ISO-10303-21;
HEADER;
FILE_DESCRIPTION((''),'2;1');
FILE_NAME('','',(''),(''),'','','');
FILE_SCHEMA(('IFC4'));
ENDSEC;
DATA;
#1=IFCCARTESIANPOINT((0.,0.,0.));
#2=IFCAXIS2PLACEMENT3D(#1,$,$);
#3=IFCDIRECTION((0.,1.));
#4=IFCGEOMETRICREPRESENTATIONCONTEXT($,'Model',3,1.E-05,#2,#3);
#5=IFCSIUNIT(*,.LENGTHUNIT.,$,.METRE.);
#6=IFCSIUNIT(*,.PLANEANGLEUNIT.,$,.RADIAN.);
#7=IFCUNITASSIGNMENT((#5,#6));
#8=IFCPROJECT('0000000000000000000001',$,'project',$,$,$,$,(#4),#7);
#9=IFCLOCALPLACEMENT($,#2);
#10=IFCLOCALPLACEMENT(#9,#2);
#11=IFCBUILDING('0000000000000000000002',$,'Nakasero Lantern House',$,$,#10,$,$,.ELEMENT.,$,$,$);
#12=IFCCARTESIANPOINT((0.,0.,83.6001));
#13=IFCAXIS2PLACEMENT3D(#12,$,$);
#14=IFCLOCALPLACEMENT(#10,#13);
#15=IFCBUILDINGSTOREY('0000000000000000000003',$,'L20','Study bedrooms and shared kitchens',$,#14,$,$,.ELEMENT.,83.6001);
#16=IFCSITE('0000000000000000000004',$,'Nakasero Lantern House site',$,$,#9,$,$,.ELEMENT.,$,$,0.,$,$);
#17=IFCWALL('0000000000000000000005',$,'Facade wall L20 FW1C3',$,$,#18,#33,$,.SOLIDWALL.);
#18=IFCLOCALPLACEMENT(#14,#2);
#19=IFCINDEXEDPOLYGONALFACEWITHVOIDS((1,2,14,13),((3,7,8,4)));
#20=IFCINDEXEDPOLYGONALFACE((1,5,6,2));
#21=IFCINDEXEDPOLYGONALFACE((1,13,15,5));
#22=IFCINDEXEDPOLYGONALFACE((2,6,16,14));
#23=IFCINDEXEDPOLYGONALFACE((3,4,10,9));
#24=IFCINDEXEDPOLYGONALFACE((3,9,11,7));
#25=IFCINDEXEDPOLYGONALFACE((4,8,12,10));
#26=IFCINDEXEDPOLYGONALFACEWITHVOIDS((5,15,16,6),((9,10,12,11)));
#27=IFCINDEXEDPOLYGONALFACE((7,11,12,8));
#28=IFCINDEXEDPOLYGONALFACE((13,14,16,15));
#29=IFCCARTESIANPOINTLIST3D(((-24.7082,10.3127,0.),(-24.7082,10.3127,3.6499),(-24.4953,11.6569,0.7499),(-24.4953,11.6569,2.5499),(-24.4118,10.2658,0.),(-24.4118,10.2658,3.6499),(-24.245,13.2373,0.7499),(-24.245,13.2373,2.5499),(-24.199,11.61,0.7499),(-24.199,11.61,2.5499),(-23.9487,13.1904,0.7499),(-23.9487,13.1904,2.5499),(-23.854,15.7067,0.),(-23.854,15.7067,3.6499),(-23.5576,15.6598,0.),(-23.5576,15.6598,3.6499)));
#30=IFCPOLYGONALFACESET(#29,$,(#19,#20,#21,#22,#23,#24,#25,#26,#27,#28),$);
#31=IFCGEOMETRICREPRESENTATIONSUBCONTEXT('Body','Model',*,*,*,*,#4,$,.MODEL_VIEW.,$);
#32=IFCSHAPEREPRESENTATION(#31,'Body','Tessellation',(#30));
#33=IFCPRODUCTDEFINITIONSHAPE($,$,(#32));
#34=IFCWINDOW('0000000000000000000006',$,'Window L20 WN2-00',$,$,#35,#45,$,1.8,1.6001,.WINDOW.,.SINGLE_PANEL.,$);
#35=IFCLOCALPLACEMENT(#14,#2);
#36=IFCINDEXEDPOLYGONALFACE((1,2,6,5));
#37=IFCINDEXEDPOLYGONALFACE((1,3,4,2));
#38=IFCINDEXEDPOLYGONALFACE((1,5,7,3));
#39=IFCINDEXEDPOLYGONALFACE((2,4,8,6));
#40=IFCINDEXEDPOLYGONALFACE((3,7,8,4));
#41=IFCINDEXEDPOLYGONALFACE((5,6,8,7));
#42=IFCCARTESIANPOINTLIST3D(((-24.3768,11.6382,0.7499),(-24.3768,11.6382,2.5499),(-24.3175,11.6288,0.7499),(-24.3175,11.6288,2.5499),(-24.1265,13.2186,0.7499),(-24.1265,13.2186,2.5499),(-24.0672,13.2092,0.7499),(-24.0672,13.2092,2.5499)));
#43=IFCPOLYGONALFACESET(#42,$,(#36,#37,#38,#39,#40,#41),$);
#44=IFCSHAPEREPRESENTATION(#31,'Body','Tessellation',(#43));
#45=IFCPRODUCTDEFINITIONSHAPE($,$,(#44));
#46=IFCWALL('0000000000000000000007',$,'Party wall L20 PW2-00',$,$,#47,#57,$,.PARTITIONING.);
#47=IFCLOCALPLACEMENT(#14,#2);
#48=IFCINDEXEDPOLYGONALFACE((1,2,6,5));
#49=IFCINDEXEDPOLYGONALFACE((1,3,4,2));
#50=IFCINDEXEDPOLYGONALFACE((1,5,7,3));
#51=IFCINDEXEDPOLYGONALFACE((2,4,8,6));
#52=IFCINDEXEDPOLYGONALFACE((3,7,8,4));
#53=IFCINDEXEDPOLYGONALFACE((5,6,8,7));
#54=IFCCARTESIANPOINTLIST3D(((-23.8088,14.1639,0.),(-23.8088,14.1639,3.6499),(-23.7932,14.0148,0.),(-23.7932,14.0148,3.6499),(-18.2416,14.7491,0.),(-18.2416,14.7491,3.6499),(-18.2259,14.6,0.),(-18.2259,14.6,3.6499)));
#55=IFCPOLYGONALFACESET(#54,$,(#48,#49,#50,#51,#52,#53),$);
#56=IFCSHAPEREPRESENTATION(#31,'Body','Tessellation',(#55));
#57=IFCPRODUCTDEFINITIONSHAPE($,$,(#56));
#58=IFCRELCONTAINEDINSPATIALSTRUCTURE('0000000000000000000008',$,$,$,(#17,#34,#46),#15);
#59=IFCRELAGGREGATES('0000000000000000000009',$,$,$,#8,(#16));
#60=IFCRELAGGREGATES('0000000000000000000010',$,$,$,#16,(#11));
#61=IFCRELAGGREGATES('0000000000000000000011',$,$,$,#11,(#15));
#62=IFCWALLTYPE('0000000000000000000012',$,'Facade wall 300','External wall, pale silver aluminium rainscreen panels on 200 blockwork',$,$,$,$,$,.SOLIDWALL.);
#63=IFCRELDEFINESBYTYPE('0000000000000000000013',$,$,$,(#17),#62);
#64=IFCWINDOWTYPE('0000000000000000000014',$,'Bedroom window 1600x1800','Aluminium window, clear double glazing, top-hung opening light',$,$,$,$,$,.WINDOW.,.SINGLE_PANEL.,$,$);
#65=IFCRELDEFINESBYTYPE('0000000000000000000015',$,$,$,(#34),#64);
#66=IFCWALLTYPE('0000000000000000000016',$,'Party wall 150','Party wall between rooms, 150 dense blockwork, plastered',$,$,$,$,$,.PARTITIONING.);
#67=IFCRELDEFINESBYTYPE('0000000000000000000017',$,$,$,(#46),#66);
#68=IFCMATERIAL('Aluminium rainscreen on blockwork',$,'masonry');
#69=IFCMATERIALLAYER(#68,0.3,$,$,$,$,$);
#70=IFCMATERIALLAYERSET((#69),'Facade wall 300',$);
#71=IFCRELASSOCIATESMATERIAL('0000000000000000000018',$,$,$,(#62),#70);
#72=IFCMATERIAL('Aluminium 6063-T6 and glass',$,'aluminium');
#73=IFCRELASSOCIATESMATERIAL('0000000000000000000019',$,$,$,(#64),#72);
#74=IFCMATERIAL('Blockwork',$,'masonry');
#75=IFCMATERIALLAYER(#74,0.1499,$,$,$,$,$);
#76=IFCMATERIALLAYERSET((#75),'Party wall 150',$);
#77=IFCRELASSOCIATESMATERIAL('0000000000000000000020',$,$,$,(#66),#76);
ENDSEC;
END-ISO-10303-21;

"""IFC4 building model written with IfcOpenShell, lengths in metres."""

from ifc_helpers import new_model, si_unit, direction, frame, frame_2d, origin, place, context, subcontext, project, spatial, rectangle, extrude, material, layer, layer_set, type_object, element, fill, save


model = new_model("IFC4")

# Units and contexts
model_context = context("Model", 3, precision=1e-05, world=origin(), true_north=direction((0.0, 1.0)))
body_context = subcontext(model_context, "Body", "Model", "MODEL_VIEW")
ifc_project = project(units=[si_unit("LENGTHUNIT", "METRE"), si_unit("PLANEANGLEUNIT", "RADIAN")], contexts=[model_context])

# Site, building, storey
site_placement = place(None, origin())
site = spatial("IfcSite", under=ifc_project, at=site_placement, Name="Nakasero Lantern House site", CompositionType="ELEMENT", RefElevation=0.0)
building_placement = place(site_placement, origin())
building = spatial("IfcBuilding", under=site, at=building_placement, Name="Nakasero Lantern House", CompositionType="ELEMENT")
storey_placement = place(building_placement, frame((0.0, 0.0, 83.6001)))
storey = spatial("IfcBuildingStorey", under=building, at=storey_placement, Name="L20", Description="Study bedrooms and shared kitchens", CompositionType="ELEMENT", Elevation=83.6001)

# Wall, opening, window
ifc_material_1 = material(Name="Aluminium rainscreen on blockwork", Category="masonry")
ifc_layer_1 = layer(ifc_material_1, 0.3)
ifc_layer_set_1 = layer_set([ifc_layer_1], Name="Facade wall 300")
wall_type_1 = type_object("IfcWallType", Name="Facade wall 300", Description="External wall, pale silver aluminium rainscreen panels on 200 blockwork", PredefinedType="SOLIDWALL", material=ifc_layer_set_1)
wall_1_placement = place(storey_placement, frame((-23.7058, 15.6831, 0.0), z_axis=(0.0, 0.0, 1.0), x_axis=(-0.156419, -0.987691, 0.0)))
wall_1 = element("IfcWall", 1, at=wall_1_placement, inside=storey, type_object=wall_type_1, Name="Facade wall L20 FW1C3", PredefinedType="SOLIDWALL", context=body_context, shape_type="SweptSolid", body=[
    extrude(rectangle(XDim=5.4612, YDim=0.3, at=frame_2d((2.7305, 0.0))), origin(), (0.0, 0.0, 1.0), 3.6499),
])
opening_1_placement = place(wall_1_placement, frame((2.5, 0.0, 0.75)))
opening_1 = element("IfcOpeningElement", 2, at=opening_1_placement, cuts=wall_1, PredefinedType="OPENING", context=body_context, shape_type="SweptSolid", body=[
    extrude(rectangle(XDim=1.6001, YDim=1.8, at=frame_2d((0.8, 0.8999))), frame((0.0, 0.1699, 0.0), z_axis=(0.0, -1.0, 0.0), x_axis=(1.0, 0.0, 0.0)), (0.0, 0.0, 1.0), 0.3401),
])
ifc_material_2 = material(Name="Aluminium 6063-T6 and glass", Category="aluminium")
window_type_1 = type_object("IfcWindowType", Name="Bedroom window 1600x1800", Description="Aluminium window, clear double glazing, top-hung opening light", PartitioningType="SINGLE_PANEL", PredefinedType="WINDOW", material=ifc_material_2)
window_1_placement = place(opening_1_placement, origin())
window_1 = element("IfcWindow", 3, at=window_1_placement, inside=storey, type_object=window_type_1, Name="Window L20 WN2-00", OverallHeight=1.8, OverallWidth=1.6001, PartitioningType="SINGLE_PANEL", PredefinedType="WINDOW", context=body_context, shape_type="SweptSolid", body=[
    extrude(rectangle(XDim=1.6001, YDim=1.8, at=frame_2d((0.8, 0.8999))), frame((0.0, 0.03, 0.0), z_axis=(0.0, -1.0, 0.0), x_axis=(1.0, 0.0, 0.0)), (0.0, 0.0, 1.0), 0.0601),
])
fill(opening_1, window_1)

# Wall
ifc_material_3 = material(Name="Blockwork", Category="masonry")
ifc_layer_2 = layer(ifc_material_3, 0.1499)
ifc_layer_set_2 = layer_set([ifc_layer_2], Name="Party wall 150")
wall_type_2 = type_object("IfcWallType", Name="Party wall 150", Description="Party wall between rooms, 150 dense blockwork, plastered", PredefinedType="PARTITIONING", material=ifc_layer_set_2)
wall_2_placement = place(storey_placement, frame((-18.2339, 14.6746, 0.0), z_axis=(0.0, 0.0, 1.0), x_axis=(-0.99452, -0.104542, 0.0)))
element("IfcWall", 4, at=wall_2_placement, inside=storey, type_object=wall_type_2, Name="Party wall L20 PW2-00", PredefinedType="PARTITIONING", context=body_context, shape_type="SweptSolid", body=[
    extrude(rectangle(XDim=5.5979, YDim=0.1499, at=frame_2d((2.7988, 0.0))), origin(), (0.0, 0.0, 1.0), 3.6499),
])

save(model, "model.ifc")
